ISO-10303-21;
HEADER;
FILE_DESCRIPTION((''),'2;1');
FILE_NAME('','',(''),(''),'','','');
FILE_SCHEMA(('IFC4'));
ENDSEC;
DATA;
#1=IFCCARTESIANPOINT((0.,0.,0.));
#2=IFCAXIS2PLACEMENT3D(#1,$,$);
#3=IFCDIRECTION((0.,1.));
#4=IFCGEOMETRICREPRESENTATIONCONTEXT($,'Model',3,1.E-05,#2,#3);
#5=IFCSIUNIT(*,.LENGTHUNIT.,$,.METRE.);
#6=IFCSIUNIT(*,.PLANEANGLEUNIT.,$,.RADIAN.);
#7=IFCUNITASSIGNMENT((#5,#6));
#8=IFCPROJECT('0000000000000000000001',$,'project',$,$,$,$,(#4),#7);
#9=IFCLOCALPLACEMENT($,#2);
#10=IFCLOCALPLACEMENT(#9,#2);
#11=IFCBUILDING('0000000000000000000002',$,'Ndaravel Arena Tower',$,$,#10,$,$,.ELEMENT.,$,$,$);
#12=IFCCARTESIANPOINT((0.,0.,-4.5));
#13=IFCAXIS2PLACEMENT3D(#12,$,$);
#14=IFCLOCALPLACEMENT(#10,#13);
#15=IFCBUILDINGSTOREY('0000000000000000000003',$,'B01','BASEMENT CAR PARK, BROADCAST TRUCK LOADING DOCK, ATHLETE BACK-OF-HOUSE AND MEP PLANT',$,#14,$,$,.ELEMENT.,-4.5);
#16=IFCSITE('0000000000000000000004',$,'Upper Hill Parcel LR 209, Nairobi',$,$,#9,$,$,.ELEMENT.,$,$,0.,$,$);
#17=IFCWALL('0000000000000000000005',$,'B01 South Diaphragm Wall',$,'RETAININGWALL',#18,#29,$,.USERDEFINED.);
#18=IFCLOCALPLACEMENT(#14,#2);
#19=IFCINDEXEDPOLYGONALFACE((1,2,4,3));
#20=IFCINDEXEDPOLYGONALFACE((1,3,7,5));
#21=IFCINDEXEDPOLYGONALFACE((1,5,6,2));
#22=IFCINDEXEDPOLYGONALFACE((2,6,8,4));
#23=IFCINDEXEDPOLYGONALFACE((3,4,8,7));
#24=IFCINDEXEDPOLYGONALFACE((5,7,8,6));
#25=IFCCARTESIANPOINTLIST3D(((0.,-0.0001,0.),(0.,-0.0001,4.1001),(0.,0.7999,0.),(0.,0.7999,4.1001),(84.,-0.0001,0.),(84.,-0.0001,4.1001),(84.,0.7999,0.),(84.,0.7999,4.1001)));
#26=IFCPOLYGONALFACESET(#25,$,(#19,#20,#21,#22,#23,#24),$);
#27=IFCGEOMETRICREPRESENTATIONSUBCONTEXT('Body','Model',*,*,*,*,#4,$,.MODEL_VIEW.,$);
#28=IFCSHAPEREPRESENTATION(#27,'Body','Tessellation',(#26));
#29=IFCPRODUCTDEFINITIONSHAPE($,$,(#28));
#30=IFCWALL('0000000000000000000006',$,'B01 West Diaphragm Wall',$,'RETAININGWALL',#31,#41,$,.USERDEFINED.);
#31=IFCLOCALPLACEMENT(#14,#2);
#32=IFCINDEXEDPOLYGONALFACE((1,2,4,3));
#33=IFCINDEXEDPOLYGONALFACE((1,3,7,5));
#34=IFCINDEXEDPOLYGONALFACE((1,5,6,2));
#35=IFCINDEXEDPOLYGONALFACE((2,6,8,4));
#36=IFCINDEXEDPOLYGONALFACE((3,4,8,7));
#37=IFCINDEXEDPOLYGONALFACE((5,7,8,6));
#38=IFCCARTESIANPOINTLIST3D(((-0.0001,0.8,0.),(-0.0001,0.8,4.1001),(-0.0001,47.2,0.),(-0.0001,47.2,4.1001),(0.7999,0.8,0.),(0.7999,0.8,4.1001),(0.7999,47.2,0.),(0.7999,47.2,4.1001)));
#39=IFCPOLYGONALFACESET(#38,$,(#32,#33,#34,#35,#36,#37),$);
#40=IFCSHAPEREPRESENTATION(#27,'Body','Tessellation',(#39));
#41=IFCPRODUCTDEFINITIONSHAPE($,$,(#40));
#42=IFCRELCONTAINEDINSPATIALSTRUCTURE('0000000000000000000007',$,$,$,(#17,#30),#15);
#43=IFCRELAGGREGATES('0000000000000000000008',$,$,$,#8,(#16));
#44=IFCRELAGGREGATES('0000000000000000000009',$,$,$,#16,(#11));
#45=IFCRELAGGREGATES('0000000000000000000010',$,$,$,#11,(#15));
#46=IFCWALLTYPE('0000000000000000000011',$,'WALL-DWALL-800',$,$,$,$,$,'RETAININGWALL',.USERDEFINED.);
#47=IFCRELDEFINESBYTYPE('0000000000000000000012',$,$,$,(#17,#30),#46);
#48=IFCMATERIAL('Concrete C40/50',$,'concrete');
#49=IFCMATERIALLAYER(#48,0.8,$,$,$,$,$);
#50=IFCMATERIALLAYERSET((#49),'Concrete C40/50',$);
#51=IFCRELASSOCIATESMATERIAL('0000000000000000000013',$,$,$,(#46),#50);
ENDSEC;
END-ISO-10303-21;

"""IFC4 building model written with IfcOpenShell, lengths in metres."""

from ifc_helpers import new_model, si_unit, direction, frame, frame_2d, origin, place, context, subcontext, project, spatial, rectangle, extrude, material, layer, layer_set, type_object, element, save


model = new_model("IFC4")

# Units and contexts
model_context = context("Model", 3, precision=1e-05, world=origin(), true_north=direction((0.0, 1.0)))
body_context = subcontext(model_context, "Body", "Model", "MODEL_VIEW")
ifc_project = project(units=[si_unit("LENGTHUNIT", "METRE"), si_unit("PLANEANGLEUNIT", "RADIAN")], contexts=[model_context])

# Site, building, storey
site_placement = place(None, origin())
site = spatial("IfcSite", under=ifc_project, at=site_placement, Name="Upper Hill Parcel LR 209, Nairobi", CompositionType="ELEMENT", RefElevation=0.0)
building_placement = place(site_placement, origin())
building = spatial("IfcBuilding", under=site, at=building_placement, Name="Ndaravel Arena Tower", CompositionType="ELEMENT")
storey_placement = place(building_placement, frame((0.0, 0.0, -4.5)))
storey = spatial("IfcBuildingStorey", under=building, at=storey_placement, Name="B01", Description="BASEMENT CAR PARK, BROADCAST TRUCK LOADING DOCK, ATHLETE BACK-OF-HOUSE AND MEP PLANT", CompositionType="ELEMENT", Elevation=-4.5)

# Walls
ifc_material_1 = material(Name="Concrete C40/50", Category="concrete")
ifc_layer_1 = layer(ifc_material_1, 0.8)
ifc_layer_set_1 = layer_set([ifc_layer_1], Name="Concrete C40/50")
wall_type = type_object("IfcWallType", Name="WALL-DWALL-800", ElementType="RETAININGWALL", PredefinedType="USERDEFINED", material=ifc_layer_set_1)
wall_1_placement = place(storey_placement, frame((0.0, 0.3999, 0.0), z_axis=(0.0, 0.0, 1.0), x_axis=(1.0, 0.0, 0.0)))
element("IfcWall", 1, at=wall_1_placement, inside=storey, type_object=wall_type, Name="B01 South Diaphragm Wall", ObjectType="RETAININGWALL", PredefinedType="USERDEFINED", context=body_context, shape_type="SweptSolid", body=[
    extrude(rectangle(XDim=84.0, YDim=0.8, at=frame_2d((42.0, 0.0))), origin(), (0.0, 0.0, 1.0), 4.1001),
])
wall_2_placement = place(storey_placement, frame((0.3999, 0.8, 0.0), z_axis=(0.0, 0.0, 1.0), x_axis=(0.0, 1.0, 0.0)))
element("IfcWall", 2, at=wall_2_placement, inside=storey, type_object=wall_type, Name="B01 West Diaphragm Wall", ObjectType="RETAININGWALL", PredefinedType="USERDEFINED", context=body_context, shape_type="SweptSolid", body=[
    extrude(rectangle(XDim=46.3999, YDim=0.8, at=frame_2d((23.2, 0.0))), origin(), (0.0, 0.0, 1.0), 4.1001),
])

save(model, "model.ifc")
